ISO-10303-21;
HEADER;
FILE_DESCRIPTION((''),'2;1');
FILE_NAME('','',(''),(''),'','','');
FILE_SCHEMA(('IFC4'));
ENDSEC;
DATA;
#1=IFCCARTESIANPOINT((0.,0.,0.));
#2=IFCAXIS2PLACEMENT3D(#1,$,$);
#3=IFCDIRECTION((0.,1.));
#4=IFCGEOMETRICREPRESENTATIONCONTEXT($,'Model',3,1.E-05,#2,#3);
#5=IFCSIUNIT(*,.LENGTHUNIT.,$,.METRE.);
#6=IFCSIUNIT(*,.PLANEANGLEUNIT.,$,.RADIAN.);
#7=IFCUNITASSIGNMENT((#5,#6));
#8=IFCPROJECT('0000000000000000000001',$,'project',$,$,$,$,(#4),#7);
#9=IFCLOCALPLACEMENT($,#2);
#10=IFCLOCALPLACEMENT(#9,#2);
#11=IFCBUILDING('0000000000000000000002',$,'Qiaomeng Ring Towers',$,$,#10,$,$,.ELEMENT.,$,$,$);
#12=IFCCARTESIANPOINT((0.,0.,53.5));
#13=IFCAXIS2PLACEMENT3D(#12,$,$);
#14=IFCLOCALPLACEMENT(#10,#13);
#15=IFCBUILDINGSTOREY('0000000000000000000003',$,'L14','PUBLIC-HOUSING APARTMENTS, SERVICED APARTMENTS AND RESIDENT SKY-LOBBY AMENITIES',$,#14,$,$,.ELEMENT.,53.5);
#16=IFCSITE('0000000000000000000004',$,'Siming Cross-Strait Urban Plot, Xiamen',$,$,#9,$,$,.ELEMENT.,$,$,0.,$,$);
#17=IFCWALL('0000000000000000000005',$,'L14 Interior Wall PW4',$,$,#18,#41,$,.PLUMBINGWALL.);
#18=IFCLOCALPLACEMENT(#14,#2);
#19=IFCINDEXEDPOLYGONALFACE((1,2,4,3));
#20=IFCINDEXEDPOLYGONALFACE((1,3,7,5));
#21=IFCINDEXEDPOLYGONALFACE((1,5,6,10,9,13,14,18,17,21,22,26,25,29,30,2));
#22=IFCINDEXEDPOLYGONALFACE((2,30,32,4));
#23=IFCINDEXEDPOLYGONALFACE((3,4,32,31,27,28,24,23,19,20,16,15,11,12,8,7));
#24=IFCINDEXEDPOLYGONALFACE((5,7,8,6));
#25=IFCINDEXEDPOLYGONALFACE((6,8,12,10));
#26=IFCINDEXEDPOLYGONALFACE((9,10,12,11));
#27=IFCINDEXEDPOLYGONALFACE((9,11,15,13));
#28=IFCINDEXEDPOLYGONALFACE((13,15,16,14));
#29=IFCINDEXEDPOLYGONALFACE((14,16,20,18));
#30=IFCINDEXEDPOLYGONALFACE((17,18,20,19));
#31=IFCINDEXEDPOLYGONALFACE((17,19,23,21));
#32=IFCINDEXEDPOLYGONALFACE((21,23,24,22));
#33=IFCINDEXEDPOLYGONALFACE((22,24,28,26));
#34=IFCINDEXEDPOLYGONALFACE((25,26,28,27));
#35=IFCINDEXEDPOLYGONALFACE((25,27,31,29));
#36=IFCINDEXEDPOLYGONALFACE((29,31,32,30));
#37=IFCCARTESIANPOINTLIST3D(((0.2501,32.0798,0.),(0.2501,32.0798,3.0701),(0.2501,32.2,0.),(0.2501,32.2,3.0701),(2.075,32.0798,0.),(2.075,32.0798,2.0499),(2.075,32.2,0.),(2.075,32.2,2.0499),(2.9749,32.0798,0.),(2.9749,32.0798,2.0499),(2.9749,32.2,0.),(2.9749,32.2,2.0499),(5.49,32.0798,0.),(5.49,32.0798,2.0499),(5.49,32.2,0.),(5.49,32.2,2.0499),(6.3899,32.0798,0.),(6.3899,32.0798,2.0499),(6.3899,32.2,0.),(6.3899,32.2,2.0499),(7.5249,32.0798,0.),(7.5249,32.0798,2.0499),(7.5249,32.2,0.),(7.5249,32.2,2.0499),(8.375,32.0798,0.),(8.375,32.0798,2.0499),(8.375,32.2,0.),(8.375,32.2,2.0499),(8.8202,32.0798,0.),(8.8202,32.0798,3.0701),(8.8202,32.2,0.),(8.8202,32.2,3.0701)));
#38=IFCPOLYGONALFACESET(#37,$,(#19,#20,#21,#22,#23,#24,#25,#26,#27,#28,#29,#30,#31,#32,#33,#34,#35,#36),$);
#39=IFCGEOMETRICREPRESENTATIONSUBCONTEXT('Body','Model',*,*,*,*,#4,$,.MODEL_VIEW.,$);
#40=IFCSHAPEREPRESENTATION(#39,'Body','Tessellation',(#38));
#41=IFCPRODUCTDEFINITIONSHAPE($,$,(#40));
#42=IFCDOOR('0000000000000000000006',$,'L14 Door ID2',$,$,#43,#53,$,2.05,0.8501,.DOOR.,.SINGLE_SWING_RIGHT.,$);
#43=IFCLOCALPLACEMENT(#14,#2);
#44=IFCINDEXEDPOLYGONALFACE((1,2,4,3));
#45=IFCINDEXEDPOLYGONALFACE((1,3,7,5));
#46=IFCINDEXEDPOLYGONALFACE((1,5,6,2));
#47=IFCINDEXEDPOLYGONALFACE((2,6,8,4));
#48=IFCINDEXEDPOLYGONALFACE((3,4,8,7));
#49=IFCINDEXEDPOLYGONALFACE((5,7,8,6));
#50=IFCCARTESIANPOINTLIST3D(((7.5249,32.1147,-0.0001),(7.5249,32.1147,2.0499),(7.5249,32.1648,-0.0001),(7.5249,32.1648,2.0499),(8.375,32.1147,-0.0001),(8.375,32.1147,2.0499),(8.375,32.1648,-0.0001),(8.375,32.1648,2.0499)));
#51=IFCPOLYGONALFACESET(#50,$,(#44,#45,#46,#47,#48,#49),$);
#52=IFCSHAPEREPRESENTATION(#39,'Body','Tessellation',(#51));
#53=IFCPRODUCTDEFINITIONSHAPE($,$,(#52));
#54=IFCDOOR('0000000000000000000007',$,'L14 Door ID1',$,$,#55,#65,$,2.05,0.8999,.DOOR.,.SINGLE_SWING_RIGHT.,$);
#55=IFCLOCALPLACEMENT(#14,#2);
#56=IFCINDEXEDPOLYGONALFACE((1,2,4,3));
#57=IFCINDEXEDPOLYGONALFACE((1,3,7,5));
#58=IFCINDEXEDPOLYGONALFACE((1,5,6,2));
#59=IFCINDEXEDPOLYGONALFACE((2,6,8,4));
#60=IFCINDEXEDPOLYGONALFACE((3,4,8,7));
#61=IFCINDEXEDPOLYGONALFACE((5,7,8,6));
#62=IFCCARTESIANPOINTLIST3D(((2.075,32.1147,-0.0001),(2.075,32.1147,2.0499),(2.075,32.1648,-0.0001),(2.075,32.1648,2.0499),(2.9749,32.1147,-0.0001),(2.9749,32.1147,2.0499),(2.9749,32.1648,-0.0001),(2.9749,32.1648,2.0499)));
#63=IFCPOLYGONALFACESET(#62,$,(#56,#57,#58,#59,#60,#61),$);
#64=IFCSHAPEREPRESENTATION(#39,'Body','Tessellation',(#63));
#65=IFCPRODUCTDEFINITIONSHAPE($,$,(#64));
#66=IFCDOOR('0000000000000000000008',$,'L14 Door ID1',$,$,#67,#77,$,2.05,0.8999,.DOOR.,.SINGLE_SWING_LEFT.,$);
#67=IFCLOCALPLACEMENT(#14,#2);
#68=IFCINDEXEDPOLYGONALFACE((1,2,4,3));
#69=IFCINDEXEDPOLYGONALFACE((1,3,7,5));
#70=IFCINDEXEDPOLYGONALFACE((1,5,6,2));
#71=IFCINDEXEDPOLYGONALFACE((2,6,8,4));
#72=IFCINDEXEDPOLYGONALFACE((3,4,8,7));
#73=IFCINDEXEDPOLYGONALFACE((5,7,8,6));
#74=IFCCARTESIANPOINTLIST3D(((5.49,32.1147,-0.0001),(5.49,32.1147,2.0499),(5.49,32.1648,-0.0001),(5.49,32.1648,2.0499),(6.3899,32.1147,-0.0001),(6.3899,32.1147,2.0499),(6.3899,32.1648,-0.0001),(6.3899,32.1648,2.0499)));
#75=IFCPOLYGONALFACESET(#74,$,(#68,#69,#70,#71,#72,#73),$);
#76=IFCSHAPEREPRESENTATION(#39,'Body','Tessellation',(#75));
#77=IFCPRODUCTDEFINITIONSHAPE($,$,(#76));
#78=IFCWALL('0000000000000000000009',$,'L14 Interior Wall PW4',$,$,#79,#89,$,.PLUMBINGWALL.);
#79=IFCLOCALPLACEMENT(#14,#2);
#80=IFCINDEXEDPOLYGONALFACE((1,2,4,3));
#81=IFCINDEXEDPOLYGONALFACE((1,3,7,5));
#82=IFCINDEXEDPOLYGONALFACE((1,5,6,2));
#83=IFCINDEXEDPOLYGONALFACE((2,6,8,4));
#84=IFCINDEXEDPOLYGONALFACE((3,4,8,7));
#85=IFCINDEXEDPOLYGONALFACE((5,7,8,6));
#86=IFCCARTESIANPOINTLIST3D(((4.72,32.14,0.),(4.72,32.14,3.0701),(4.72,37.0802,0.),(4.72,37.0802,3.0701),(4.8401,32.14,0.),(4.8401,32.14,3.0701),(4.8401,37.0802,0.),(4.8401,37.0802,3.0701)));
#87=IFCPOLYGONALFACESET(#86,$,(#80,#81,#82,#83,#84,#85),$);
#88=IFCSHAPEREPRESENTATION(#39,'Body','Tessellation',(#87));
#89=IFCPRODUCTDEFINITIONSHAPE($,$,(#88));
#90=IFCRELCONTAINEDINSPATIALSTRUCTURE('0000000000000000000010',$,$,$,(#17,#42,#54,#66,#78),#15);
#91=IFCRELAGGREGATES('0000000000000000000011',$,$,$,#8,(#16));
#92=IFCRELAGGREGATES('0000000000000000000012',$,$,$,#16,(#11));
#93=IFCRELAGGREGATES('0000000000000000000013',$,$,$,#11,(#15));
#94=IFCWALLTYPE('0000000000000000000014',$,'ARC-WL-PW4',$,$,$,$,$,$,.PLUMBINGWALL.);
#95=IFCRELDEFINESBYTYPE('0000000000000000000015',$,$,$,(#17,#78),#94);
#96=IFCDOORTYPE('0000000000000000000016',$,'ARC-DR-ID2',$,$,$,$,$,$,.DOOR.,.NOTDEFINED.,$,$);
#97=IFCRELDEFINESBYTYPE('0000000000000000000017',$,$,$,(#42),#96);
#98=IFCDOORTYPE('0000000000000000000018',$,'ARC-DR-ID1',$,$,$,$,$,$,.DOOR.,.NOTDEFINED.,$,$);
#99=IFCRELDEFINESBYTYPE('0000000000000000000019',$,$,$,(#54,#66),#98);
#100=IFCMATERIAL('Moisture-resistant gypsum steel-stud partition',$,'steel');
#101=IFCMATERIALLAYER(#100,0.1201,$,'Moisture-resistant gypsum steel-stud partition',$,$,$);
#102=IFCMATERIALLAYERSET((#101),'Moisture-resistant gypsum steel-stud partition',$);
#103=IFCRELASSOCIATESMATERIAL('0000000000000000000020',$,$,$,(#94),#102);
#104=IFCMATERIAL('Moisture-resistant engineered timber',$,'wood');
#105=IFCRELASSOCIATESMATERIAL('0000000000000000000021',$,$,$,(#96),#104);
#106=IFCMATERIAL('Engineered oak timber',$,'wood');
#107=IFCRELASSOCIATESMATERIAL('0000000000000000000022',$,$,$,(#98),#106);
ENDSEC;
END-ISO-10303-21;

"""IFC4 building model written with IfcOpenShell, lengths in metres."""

from ifc_helpers import new_model, si_unit, direction, frame, frame_2d, origin, place, context, subcontext, project, spatial, rectangle, extrude, source, transform, mapped, material, layer, layer_set, type_object, element, fill, save


model = new_model("IFC4")

# Units and contexts
model_context = context("Model", 3, precision=1e-05, world=origin(), true_north=direction((0.0, 1.0)))
body_context = subcontext(model_context, "Body", "Model", "MODEL_VIEW")
ifc_project = project(units=[si_unit("LENGTHUNIT", "METRE"), si_unit("PLANEANGLEUNIT", "RADIAN")], contexts=[model_context])

# Site, building, storey
site_placement = place(None, origin())
site = spatial("IfcSite", under=ifc_project, at=site_placement, Name="Siming Cross-Strait Urban Plot, Xiamen", CompositionType="ELEMENT", RefElevation=0.0)
building_placement = place(site_placement, origin())
building = spatial("IfcBuilding", under=site, at=building_placement, Name="Qiaomeng Ring Towers", CompositionType="ELEMENT")
storey_placement = place(building_placement, frame((0.0, 0.0, 53.5)))
storey = spatial("IfcBuildingStorey", under=building, at=storey_placement, Name="L14", Description="PUBLIC-HOUSING APARTMENTS, SERVICED APARTMENTS AND RESIDENT SKY-LOBBY AMENITIES", CompositionType="ELEMENT", Elevation=53.5)

# Wall, openings, doors
ifc_material_1 = material(Name="Moisture-resistant gypsum steel-stud partition", Category="steel")
ifc_layer_1 = layer(ifc_material_1, 0.1201, Name="Moisture-resistant gypsum steel-stud partition")
ifc_layer_set_1 = layer_set([ifc_layer_1], Name="Moisture-resistant gypsum steel-stud partition")
wall_type_1 = type_object("IfcWallType", Name="ARC-WL-PW4", PredefinedType="PLUMBINGWALL", material=ifc_layer_set_1)
wall_1_placement = place(storey_placement, frame((0.25, 32.1399, 0.0), z_axis=(0.0, 0.0, 1.0), x_axis=(1.0, 0.0, 0.0)))
wall_1 = element("IfcWall", 1, at=wall_1_placement, inside=storey, type_object=wall_type_1, Name="L14 Interior Wall PW4", PredefinedType="PLUMBINGWALL", context=body_context, shape_type="SweptSolid", body=[
    extrude(rectangle(XDim=8.5701, YDim=0.1201, at=frame_2d((4.2852, 0.0))), origin(), (0.0, 0.0, 1.0), 3.0701),
])
opening_1_placement = place(wall_1_placement, frame((1.825, 0.0, 0.0)))
opening_1 = element("IfcOpeningElement", 2, at=opening_1_placement, cuts=wall_1, PredefinedType="OPENING", context=body_context, shape_type="SweptSolid", body=[
    extrude(rectangle(XDim=0.8999, YDim=2.05, at=frame_2d((0.45, 1.0249))), frame((0.0, 0.0701, 0.0), z_axis=(0.0, -1.0, 0.0), x_axis=(1.0, 0.0, 0.0)), (0.0, 0.0, 1.0), 0.1401),
])
opening_2_placement = place(wall_1_placement, frame((5.24, 0.0, 0.0)))
opening_2 = element("IfcOpeningElement", 3, at=opening_2_placement, cuts=wall_1, PredefinedType="OPENING", context=body_context, shape_type="SweptSolid", body=[
    extrude(rectangle(XDim=0.8999, YDim=2.05, at=frame_2d((0.45, 1.0249))), frame((0.0, 0.0701, 0.0), z_axis=(0.0, -1.0, 0.0), x_axis=(1.0, 0.0, 0.0)), (0.0, 0.0, 1.0), 0.1401),
])
opening_3_placement = place(wall_1_placement, frame((7.2749, 0.0, 0.0)))
opening_3 = element("IfcOpeningElement", 4, at=opening_3_placement, cuts=wall_1, PredefinedType="OPENING", context=body_context, shape_type="SweptSolid", body=[
    extrude(rectangle(XDim=0.8501, YDim=2.05, at=frame_2d((0.425, 1.0249))), frame((0.0, 0.0701, 0.0), z_axis=(0.0, -1.0, 0.0), x_axis=(1.0, 0.0, 0.0)), (0.0, 0.0, 1.0), 0.1401),
])
ifc_material_2 = material(Name="Moisture-resistant engineered timber", Category="wood")
door_type_1 = type_object("IfcDoorType", Name="ARC-DR-ID2", OperationType="NOTDEFINED", PredefinedType="DOOR", material=ifc_material_2)
shared_shape_1 = source(origin(), body_context, "Body", "SweptSolid", [
    extrude(rectangle(XDim=0.8501, YDim=2.05, at=frame_2d((0.425, 1.0249))), frame((0.0, 0.0249, 0.0), z_axis=(0.0, -1.0, 0.0), x_axis=(1.0, 0.0, 0.0)), (0.0, 0.0, 1.0), 0.05),
])
door_1_placement = place(opening_3_placement, origin())
door_1 = element("IfcDoor", 5, at=door_1_placement, inside=storey, type_object=door_type_1, Name="L14 Door ID2", OperationType="SINGLE_SWING_RIGHT", OverallHeight=2.05, OverallWidth=0.8501, PredefinedType="DOOR", context=body_context, shape_type="MappedRepresentation", body=[
    mapped(shared_shape_1, transform((0.0, 0.0, 0.0), x_axis=(1.0, 0.0, 0.0), y_axis=(0.0, 1.0, 0.0), z_axis=(0.0, 0.0, 1.0), scale=1.0)),
])
fill(opening_3, door_1)
ifc_material_3 = material(Name="Engineered oak timber", Category="wood")
door_type_2 = type_object("IfcDoorType", Name="ARC-DR-ID1", OperationType="NOTDEFINED", PredefinedType="DOOR", material=ifc_material_3)
shared_shape_2 = source(origin(), body_context, "Body", "SweptSolid", [
    extrude(rectangle(XDim=0.8999, YDim=2.05, at=frame_2d((0.45, 1.0249))), frame((0.0, 0.0249, 0.0), z_axis=(0.0, -1.0, 0.0), x_axis=(1.0, 0.0, 0.0)), (0.0, 0.0, 1.0), 0.05),
])
door_2_placement = place(opening_1_placement, origin())
door_2 = element("IfcDoor", 6, at=door_2_placement, inside=storey, type_object=door_type_2, Name="L14 Door ID1", OperationType="SINGLE_SWING_RIGHT", OverallHeight=2.05, OverallWidth=0.8999, PredefinedType="DOOR", context=body_context, shape_type="MappedRepresentation", body=[
    mapped(shared_shape_2, transform((0.0, 0.0, 0.0), x_axis=(1.0, 0.0, 0.0), y_axis=(0.0, 1.0, 0.0), z_axis=(0.0, 0.0, 1.0), scale=1.0)),
])
fill(opening_1, door_2)
door_3_placement = place(opening_2_placement, origin())
door_3 = element("IfcDoor", 7, at=door_3_placement, inside=storey, type_object=door_type_2, Name="L14 Door ID1", OperationType="SINGLE_SWING_LEFT", OverallHeight=2.05, OverallWidth=0.8999, PredefinedType="DOOR", context=body_context, shape_type="MappedRepresentation", body=[
    mapped(shared_shape_2, transform((0.0, 0.0, 0.0), x_axis=(1.0, 0.0, 0.0), y_axis=(0.0, 1.0, 0.0), z_axis=(0.0, 0.0, 1.0), scale=1.0)),
])
fill(opening_2, door_3)

# Wall
wall_2_placement = place(storey_placement, frame((4.78, 32.1399, 0.0), z_axis=(0.0, 0.0, 1.0), x_axis=(0.0, 1.0, 0.0)))
element("IfcWall", 8, at=wall_2_placement, inside=storey, type_object=wall_type_1, Name="L14 Interior Wall PW4", PredefinedType="PLUMBINGWALL", context=body_context, shape_type="SweptSolid", body=[
    extrude(rectangle(XDim=4.9402, YDim=0.1201, at=frame_2d((2.4702, 0.0))), origin(), (0.0, 0.0, 1.0), 3.0701),
])

save(model, "model.ifc")
